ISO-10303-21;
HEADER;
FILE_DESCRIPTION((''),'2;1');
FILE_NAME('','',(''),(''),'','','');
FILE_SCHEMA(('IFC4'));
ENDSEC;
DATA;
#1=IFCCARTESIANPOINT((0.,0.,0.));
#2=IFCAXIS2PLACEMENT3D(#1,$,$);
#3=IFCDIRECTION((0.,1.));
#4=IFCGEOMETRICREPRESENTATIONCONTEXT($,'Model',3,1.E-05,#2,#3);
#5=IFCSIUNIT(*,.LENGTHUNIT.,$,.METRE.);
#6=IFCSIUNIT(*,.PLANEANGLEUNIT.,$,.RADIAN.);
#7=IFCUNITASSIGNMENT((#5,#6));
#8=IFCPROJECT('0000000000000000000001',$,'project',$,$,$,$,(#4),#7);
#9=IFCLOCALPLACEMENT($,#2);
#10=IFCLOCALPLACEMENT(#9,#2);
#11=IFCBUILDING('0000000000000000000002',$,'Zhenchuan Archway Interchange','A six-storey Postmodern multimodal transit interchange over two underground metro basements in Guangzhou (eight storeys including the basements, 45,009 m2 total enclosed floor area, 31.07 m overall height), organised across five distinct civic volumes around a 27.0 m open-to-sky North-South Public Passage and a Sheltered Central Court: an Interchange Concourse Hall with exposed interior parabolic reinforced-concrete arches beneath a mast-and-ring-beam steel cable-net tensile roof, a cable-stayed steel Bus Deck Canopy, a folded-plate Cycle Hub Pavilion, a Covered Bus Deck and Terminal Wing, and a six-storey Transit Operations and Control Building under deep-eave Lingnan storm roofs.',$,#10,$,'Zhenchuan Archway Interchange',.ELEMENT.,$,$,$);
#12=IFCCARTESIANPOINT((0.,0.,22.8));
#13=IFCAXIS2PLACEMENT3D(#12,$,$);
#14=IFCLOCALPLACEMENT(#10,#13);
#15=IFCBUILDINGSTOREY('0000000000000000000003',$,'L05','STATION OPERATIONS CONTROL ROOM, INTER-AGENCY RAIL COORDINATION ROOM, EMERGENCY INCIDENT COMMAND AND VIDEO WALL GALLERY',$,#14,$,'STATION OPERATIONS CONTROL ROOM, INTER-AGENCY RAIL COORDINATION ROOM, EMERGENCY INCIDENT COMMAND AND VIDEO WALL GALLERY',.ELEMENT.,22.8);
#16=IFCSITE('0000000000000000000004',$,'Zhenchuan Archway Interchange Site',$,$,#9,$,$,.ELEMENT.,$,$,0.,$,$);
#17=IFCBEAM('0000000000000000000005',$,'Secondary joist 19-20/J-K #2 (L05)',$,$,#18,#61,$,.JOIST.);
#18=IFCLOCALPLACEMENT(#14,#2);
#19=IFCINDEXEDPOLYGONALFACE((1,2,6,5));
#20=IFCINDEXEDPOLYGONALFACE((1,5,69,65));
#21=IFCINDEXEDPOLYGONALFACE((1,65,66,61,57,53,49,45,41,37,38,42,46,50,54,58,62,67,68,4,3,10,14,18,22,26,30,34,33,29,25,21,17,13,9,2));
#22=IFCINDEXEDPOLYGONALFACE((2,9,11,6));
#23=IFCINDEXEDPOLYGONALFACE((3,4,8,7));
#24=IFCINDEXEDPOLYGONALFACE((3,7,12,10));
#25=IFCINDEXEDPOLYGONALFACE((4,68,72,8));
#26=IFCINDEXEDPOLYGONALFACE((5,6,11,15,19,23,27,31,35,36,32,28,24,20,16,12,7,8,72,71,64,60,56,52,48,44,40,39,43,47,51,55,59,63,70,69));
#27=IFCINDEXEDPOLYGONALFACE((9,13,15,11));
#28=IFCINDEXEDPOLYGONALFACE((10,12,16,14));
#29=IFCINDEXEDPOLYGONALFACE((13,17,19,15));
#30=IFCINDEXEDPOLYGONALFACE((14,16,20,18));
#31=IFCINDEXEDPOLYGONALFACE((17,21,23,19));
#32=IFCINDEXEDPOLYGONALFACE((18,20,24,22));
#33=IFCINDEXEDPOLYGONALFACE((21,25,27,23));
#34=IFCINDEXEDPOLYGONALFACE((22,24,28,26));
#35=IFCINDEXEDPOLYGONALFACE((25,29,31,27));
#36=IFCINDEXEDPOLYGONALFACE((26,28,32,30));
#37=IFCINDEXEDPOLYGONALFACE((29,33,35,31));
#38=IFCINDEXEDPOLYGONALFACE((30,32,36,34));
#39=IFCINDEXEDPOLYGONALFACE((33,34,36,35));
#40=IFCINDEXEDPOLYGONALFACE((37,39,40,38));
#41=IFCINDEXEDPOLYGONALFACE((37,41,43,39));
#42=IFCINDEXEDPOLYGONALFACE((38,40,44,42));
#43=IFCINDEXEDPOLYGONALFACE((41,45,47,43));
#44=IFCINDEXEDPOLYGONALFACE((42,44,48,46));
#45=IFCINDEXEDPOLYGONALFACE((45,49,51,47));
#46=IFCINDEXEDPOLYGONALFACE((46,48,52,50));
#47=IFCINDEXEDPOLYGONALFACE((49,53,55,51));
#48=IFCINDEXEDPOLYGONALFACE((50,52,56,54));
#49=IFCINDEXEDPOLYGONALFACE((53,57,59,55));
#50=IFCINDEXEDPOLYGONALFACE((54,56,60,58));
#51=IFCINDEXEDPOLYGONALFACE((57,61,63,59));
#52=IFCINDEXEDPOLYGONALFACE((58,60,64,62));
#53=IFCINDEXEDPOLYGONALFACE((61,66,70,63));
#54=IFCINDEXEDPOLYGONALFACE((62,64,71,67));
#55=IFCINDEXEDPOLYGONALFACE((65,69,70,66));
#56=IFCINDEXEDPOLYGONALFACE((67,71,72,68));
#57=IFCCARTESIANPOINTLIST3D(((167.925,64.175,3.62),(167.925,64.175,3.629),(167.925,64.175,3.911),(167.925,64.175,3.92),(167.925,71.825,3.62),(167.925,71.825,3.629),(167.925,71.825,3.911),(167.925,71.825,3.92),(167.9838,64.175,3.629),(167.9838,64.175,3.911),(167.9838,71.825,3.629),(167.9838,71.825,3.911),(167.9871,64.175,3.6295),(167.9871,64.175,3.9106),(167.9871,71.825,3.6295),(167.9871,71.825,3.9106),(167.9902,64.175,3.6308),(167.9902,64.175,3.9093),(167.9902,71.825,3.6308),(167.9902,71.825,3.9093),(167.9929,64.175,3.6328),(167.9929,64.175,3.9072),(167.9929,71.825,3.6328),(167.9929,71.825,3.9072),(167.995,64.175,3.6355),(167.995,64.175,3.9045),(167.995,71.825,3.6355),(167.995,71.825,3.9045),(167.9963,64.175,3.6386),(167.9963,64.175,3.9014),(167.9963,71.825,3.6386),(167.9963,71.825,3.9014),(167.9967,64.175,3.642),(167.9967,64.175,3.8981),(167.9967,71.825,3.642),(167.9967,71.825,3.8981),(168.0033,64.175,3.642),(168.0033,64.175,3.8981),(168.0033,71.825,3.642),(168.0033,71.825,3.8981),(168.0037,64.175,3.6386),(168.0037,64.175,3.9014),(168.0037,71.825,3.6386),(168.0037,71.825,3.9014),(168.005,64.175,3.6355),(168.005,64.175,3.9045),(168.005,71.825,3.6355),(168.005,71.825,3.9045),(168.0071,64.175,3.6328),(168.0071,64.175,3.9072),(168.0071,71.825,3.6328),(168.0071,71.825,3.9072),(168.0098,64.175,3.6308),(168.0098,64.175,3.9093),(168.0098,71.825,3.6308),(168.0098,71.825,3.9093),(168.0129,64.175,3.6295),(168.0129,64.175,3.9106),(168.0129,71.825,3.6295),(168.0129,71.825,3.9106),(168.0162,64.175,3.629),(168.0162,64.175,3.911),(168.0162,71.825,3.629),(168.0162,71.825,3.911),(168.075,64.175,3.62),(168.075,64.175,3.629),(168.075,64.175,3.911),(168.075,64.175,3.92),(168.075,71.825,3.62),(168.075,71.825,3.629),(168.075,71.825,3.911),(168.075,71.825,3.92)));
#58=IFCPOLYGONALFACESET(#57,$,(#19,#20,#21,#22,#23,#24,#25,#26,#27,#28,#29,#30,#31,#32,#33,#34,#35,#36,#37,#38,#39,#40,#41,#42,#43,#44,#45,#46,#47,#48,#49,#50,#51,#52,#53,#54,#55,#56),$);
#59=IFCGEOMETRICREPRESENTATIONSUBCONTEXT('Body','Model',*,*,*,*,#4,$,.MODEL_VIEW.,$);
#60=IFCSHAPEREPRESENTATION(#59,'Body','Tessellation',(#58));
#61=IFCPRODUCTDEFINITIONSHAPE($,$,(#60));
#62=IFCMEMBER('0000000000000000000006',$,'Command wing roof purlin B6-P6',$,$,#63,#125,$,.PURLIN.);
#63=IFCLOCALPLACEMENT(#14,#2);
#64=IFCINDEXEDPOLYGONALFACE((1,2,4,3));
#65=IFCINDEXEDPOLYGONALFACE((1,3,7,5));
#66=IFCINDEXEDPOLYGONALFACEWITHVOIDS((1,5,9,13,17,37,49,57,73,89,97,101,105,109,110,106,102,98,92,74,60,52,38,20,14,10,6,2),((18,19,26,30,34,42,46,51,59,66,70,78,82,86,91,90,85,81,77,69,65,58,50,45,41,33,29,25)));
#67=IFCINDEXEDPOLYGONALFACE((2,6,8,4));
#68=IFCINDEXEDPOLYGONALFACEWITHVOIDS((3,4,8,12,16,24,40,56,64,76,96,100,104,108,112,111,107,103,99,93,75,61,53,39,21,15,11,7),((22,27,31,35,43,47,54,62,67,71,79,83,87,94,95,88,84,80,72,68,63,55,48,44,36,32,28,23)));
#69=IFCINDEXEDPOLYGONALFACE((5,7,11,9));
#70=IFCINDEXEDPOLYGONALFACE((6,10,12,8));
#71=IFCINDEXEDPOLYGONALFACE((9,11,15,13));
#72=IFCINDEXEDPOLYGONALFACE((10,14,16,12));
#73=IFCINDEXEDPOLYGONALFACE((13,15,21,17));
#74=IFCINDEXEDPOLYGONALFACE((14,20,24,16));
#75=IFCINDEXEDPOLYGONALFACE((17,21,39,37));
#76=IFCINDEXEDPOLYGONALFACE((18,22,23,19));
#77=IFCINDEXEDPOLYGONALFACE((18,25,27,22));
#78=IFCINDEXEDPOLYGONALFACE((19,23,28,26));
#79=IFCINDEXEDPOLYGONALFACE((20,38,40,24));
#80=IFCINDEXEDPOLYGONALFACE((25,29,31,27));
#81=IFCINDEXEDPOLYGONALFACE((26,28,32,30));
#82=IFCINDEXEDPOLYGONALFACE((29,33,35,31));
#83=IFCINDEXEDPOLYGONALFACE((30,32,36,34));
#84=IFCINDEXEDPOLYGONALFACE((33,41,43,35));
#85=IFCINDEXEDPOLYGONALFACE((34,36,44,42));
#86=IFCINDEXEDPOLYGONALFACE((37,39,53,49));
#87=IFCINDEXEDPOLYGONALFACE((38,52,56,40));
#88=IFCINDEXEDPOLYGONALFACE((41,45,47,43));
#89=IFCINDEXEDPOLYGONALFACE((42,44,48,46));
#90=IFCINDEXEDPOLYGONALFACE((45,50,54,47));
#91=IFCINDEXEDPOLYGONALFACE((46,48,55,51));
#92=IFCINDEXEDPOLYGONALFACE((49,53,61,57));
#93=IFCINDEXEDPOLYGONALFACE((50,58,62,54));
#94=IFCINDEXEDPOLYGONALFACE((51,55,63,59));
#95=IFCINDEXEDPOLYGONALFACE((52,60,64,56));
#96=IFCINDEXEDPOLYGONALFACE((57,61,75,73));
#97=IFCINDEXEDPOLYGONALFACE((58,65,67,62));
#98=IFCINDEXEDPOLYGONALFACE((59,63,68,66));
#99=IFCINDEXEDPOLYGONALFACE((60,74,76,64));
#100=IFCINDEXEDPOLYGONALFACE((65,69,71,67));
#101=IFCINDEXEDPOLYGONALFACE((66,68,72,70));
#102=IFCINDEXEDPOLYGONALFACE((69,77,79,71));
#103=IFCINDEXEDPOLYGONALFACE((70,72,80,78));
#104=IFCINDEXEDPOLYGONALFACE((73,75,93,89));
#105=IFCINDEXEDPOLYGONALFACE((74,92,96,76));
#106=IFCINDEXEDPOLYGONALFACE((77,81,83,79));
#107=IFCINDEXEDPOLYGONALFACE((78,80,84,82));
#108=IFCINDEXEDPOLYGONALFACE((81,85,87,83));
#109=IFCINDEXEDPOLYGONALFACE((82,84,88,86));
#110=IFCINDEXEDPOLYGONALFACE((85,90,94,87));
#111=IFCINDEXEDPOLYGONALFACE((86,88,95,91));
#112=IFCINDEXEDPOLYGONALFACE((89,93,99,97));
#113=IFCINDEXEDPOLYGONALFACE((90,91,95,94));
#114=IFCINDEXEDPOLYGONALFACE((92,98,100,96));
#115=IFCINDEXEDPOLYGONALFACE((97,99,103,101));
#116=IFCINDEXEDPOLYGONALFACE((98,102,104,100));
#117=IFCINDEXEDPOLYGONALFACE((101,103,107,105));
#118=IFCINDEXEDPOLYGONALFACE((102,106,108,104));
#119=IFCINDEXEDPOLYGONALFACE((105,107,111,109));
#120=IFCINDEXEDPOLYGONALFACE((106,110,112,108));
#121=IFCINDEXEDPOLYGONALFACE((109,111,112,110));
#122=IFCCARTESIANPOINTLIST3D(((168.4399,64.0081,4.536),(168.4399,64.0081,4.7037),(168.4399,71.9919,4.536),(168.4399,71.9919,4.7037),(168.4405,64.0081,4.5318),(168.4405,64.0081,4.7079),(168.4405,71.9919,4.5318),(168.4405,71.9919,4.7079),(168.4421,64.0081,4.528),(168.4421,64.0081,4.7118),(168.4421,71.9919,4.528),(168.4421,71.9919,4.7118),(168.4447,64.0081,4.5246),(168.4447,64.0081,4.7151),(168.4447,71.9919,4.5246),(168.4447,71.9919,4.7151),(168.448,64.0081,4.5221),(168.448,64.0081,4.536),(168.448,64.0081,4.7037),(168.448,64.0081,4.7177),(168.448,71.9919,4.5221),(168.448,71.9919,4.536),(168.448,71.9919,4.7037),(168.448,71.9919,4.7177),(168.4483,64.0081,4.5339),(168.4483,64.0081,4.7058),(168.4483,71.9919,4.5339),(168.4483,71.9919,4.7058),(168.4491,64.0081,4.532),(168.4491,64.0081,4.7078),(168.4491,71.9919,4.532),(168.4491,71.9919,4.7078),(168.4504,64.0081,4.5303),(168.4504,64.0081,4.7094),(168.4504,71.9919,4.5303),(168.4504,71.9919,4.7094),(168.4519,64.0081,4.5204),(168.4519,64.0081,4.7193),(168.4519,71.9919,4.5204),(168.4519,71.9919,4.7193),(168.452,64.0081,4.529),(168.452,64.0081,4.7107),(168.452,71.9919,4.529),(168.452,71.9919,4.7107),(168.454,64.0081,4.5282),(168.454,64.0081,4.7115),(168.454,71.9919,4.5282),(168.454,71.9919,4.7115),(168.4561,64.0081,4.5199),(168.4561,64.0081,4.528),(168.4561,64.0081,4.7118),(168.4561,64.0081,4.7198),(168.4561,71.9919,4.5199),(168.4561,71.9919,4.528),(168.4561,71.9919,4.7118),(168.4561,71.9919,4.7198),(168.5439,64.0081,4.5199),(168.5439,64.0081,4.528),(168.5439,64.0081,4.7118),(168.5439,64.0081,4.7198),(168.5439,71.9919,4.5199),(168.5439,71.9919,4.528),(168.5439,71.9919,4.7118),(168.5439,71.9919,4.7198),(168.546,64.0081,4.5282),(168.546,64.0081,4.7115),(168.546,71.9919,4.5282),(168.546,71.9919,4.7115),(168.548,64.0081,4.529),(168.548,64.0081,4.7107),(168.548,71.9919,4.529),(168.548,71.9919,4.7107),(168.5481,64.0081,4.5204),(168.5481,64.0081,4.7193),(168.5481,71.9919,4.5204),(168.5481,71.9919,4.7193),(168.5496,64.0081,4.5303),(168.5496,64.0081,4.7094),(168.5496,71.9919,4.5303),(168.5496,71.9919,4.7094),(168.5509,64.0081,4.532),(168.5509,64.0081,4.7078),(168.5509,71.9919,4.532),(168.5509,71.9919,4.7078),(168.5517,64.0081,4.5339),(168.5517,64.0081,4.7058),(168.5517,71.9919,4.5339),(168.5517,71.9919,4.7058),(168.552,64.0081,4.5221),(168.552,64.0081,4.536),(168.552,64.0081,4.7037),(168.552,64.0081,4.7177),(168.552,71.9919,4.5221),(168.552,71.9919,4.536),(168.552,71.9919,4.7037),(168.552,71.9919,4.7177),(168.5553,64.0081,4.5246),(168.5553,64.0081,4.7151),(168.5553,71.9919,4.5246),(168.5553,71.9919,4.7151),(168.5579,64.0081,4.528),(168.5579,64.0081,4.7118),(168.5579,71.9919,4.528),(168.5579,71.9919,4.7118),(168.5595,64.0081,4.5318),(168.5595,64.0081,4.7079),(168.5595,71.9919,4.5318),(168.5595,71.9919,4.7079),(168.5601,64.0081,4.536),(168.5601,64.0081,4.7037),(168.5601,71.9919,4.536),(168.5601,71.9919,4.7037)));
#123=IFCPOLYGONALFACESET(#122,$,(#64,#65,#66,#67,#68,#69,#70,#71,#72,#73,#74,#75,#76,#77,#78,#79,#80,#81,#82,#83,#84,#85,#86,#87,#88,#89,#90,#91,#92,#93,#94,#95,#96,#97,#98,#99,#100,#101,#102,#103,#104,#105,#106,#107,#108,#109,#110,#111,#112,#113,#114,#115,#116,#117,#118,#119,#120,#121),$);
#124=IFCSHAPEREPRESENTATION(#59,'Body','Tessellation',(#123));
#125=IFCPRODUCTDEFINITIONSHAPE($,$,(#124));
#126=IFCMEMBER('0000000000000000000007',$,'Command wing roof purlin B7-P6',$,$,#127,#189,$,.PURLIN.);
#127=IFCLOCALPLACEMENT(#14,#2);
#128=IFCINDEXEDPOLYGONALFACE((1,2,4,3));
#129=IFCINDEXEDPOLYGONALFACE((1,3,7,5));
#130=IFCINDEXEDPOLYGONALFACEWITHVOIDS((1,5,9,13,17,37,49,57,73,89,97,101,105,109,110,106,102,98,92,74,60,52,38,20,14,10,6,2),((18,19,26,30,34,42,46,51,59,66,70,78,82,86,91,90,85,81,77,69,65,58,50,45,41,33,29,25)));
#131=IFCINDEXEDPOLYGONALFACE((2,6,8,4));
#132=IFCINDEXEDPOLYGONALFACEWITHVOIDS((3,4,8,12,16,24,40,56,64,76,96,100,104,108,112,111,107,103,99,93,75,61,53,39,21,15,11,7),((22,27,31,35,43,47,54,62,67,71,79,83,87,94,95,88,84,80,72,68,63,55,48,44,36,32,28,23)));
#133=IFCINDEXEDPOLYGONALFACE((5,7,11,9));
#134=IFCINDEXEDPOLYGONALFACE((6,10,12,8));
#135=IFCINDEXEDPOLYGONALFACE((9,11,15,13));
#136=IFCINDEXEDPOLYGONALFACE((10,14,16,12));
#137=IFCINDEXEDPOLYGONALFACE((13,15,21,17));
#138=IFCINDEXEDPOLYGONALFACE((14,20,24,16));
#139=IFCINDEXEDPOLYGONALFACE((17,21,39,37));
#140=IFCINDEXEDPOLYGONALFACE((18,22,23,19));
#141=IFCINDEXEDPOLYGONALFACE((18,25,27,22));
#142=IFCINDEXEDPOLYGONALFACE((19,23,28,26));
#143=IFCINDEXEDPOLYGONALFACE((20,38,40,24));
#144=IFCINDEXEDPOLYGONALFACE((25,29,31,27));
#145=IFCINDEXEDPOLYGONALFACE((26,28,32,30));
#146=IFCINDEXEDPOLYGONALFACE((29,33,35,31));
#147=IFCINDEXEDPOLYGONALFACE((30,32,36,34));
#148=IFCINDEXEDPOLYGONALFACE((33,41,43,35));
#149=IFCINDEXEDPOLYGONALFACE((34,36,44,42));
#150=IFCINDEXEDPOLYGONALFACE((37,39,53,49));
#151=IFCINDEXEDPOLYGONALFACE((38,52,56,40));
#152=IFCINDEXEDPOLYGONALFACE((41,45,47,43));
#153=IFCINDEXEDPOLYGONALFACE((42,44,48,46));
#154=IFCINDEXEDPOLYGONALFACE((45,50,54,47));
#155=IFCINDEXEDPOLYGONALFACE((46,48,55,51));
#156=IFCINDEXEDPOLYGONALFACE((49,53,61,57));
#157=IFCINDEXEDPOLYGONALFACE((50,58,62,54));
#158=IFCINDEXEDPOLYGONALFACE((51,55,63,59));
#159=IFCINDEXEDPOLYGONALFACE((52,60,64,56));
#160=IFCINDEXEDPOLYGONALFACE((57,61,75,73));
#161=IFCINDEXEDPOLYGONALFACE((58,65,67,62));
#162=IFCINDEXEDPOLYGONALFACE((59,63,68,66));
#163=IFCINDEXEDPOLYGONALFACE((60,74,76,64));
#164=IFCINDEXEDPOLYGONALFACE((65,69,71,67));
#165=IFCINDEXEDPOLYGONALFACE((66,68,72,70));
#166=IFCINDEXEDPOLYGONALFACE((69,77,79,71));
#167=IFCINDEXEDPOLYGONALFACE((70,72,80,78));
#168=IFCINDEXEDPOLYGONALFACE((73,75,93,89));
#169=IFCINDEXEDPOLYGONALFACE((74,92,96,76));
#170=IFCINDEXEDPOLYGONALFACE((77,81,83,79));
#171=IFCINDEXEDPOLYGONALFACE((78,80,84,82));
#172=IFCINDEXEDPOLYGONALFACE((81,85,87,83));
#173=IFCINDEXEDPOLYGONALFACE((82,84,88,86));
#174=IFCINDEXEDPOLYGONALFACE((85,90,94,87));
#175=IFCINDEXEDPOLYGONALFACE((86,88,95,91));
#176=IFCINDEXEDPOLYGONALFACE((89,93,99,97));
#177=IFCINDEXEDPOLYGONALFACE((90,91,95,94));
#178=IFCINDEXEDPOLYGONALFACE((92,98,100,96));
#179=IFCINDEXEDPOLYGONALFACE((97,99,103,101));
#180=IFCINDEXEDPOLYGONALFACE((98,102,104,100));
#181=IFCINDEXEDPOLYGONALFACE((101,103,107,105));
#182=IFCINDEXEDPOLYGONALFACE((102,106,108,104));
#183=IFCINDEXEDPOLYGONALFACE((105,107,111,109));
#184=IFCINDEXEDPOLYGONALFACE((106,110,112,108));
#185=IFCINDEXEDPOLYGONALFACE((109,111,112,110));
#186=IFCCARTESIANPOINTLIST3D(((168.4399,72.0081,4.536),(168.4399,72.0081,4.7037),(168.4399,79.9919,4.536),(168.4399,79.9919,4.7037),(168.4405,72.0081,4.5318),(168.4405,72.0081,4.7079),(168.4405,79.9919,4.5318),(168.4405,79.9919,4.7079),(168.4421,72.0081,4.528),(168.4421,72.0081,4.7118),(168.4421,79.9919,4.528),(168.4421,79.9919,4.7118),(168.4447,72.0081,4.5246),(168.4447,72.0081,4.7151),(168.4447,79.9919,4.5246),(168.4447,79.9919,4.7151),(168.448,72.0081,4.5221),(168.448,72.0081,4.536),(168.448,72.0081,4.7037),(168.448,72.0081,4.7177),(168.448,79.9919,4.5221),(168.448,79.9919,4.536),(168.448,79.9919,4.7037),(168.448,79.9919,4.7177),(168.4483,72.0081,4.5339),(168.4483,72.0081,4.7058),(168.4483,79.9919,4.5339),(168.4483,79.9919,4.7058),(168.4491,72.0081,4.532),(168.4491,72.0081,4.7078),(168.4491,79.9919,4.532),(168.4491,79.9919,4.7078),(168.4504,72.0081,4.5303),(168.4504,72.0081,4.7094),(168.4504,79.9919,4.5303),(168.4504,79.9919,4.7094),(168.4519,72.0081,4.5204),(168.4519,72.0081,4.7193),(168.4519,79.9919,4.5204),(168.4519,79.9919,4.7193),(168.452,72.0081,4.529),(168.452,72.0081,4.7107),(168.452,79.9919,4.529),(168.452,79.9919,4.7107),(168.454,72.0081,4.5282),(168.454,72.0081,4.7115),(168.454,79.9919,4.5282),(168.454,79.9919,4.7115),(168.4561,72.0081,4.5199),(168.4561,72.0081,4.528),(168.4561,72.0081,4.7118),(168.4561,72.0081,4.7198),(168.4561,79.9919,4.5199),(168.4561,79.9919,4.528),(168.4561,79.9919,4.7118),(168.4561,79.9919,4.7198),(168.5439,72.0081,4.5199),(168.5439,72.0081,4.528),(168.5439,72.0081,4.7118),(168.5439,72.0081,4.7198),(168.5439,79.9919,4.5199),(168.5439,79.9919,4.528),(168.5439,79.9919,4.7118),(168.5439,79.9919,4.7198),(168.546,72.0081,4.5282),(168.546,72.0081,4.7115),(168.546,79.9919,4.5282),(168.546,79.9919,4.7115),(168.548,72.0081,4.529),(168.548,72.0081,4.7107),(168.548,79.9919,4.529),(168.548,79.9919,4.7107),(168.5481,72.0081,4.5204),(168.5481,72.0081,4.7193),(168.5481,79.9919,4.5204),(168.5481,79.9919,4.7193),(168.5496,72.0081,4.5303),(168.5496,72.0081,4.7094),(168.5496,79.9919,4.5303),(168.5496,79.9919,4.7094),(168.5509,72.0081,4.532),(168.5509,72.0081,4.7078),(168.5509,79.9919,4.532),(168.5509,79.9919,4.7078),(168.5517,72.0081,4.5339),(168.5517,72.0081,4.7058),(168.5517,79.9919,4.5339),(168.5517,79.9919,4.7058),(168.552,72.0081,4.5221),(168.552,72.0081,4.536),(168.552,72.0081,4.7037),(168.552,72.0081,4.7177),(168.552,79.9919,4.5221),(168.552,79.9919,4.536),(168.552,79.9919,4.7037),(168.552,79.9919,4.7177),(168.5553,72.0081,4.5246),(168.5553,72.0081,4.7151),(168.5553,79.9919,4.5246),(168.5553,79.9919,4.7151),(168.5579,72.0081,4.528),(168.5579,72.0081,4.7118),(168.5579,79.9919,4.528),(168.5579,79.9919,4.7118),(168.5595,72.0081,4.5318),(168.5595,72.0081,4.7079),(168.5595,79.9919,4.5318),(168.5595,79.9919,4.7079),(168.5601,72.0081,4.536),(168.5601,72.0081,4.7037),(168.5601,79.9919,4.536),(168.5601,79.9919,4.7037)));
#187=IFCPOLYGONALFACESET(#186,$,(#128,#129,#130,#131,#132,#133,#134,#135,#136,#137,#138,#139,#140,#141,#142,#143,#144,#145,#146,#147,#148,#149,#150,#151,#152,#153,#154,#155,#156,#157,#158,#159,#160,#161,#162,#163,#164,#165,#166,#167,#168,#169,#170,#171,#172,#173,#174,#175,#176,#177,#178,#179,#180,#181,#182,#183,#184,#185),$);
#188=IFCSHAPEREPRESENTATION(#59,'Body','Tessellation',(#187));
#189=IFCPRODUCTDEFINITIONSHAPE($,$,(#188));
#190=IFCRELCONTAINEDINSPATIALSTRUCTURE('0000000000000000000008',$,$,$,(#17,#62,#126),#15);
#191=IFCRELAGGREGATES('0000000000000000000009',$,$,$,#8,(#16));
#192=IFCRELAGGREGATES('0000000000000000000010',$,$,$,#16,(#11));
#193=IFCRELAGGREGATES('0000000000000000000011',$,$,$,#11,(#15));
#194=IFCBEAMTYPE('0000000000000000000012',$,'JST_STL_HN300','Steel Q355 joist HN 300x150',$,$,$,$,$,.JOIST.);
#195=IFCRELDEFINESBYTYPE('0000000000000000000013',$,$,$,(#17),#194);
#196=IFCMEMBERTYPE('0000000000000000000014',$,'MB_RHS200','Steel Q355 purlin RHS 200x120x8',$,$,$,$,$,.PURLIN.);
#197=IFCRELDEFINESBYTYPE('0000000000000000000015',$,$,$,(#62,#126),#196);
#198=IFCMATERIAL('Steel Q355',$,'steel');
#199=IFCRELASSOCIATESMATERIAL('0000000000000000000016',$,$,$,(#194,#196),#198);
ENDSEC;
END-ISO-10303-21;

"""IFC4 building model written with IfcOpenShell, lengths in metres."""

from ifc_helpers import new_model, si_unit, direction, frame, origin, origin_2d, place, context, subcontext, project, spatial, hollow_rectangle, i_section, extrude, material, material_profile, profile_set, type_object, element, save


model = new_model("IFC4")

# Units and contexts
model_context = context("Model", 3, precision=1e-05, world=origin(), true_north=direction((0.0, 1.0)))
body_context = subcontext(model_context, "Body", "Model", "MODEL_VIEW")
ifc_project = project(units=[si_unit("LENGTHUNIT", "METRE"), si_unit("PLANEANGLEUNIT", "RADIAN")], contexts=[model_context])

# Site, building, storey
site_placement = place(None, origin())
site = spatial("IfcSite", under=ifc_project, at=site_placement, Name="Zhenchuan Archway Interchange Site", CompositionType="ELEMENT", RefElevation=0.0)
building_placement = place(site_placement, origin())
building = spatial("IfcBuilding", under=site, at=building_placement, Name="Zhenchuan Archway Interchange", Description="A six-storey Postmodern multimodal transit interchange over two underground metro basements in Guangzhou (eight storeys including the basements, 45,009 m2 total enclosed floor area, 31.07 m overall height), organised across five distinct civic volumes around a 27.0 m open-to-sky North-South Public Passage and a Sheltered Central Court: an Interchange Concourse Hall with exposed interior parabolic reinforced-concrete arches beneath a mast-and-ring-beam steel cable-net tensile roof, a cable-stayed steel Bus Deck Canopy, a folded-plate Cycle Hub Pavilion, a Covered Bus Deck and Terminal Wing, and a six-storey Transit Operations and Control Building under deep-eave Lingnan storm roofs.", LongName="Zhenchuan Archway Interchange", CompositionType="ELEMENT")
storey_placement = place(building_placement, frame((0.0, 0.0, 22.8)))
storey = spatial("IfcBuildingStorey", under=building, at=storey_placement, Name="L05", Description="STATION OPERATIONS CONTROL ROOM, INTER-AGENCY RAIL COORDINATION ROOM, EMERGENCY INCIDENT COMMAND AND VIDEO WALL GALLERY", LongName="STATION OPERATIONS CONTROL ROOM, INTER-AGENCY RAIL COORDINATION ROOM, EMERGENCY INCIDENT COMMAND AND VIDEO WALL GALLERY", CompositionType="ELEMENT", Elevation=22.8)

# Shared definitions
ifc_material_1 = material(Name="Steel Q355", Category="steel")

# Beam
ifc_material_profile_1 = material_profile(ifc_material_1, i_section(OverallWidth=0.1499, OverallDepth=0.3, WebThickness=0.0066, FlangeThickness=0.009, FilletRadius=0.0129, at=origin_2d()), Name="HN 300x150")
ifc_profile_set_1 = profile_set([ifc_material_profile_1], Name="Steel Q355")
beam_type_1 = type_object("IfcBeamType", Name="JST_STL_HN300", Description="Steel Q355 joist HN 300x150", PredefinedType="JOIST", material=ifc_profile_set_1)
beam_1_placement = place(storey_placement, frame((168.0, 64.175, 3.77), z_axis=(0.0, 1.0, 0.0), x_axis=(-1.0, 0.0, 0.0)))
element("IfcBeam", 1, at=beam_1_placement, inside=storey, type_object=beam_type_1, Name="Secondary joist 19-20/J-K #2 (L05)", PredefinedType="JOIST", context=body_context, shape_type="SweptSolid", body=[
    extrude(i_section(OverallWidth=0.1499, OverallDepth=0.3, WebThickness=0.0066, FlangeThickness=0.009, FilletRadius=0.0129, at=origin_2d()), origin(), (0.0, 0.0, 1.0), 7.6499),
])

# Members
ifc_material_profile_2 = material_profile(ifc_material_1, hollow_rectangle(XDim=0.1201, YDim=0.2, WallThickness=0.0081, InnerFilletRadius=0.0081, OuterFilletRadius=0.0161, at=origin_2d()), Name="RHS 200x120x8")
ifc_profile_set_2 = profile_set([ifc_material_profile_2], Name="Steel Q355")
member_type_1 = type_object("IfcMemberType", Name="MB_RHS200", Description="Steel Q355 purlin RHS 200x120x8", PredefinedType="PURLIN", material=ifc_profile_set_2)
for number, where, z_axis, x_axis, name in (
    (2, (168.5, 64.0081, 4.6199), (0.0, 1.0, 0.0), (-1.0, 0.0, 0.0), "Command wing roof purlin B6-P6"),
    (3, (168.5, 72.0081, 4.6199), (0.0, 1.0, 0.0), (-1.0, 0.0, 0.0), "Command wing roof purlin B7-P6"),
):
    element("IfcMember", number, at=place(storey_placement, frame(where, z_axis=z_axis, x_axis=x_axis)), inside=storey, type_object=member_type_1, Name=name, PredefinedType="PURLIN", context=body_context, shape_type="SweptSolid", body=[
        extrude(hollow_rectangle(XDim=0.1201, YDim=0.2, WallThickness=0.0081, InnerFilletRadius=0.0081, OuterFilletRadius=0.0161, at=origin_2d()), origin(), (0.0, 0.0, 1.0), 7.9839),
    ])

save(model, "model.ifc")
